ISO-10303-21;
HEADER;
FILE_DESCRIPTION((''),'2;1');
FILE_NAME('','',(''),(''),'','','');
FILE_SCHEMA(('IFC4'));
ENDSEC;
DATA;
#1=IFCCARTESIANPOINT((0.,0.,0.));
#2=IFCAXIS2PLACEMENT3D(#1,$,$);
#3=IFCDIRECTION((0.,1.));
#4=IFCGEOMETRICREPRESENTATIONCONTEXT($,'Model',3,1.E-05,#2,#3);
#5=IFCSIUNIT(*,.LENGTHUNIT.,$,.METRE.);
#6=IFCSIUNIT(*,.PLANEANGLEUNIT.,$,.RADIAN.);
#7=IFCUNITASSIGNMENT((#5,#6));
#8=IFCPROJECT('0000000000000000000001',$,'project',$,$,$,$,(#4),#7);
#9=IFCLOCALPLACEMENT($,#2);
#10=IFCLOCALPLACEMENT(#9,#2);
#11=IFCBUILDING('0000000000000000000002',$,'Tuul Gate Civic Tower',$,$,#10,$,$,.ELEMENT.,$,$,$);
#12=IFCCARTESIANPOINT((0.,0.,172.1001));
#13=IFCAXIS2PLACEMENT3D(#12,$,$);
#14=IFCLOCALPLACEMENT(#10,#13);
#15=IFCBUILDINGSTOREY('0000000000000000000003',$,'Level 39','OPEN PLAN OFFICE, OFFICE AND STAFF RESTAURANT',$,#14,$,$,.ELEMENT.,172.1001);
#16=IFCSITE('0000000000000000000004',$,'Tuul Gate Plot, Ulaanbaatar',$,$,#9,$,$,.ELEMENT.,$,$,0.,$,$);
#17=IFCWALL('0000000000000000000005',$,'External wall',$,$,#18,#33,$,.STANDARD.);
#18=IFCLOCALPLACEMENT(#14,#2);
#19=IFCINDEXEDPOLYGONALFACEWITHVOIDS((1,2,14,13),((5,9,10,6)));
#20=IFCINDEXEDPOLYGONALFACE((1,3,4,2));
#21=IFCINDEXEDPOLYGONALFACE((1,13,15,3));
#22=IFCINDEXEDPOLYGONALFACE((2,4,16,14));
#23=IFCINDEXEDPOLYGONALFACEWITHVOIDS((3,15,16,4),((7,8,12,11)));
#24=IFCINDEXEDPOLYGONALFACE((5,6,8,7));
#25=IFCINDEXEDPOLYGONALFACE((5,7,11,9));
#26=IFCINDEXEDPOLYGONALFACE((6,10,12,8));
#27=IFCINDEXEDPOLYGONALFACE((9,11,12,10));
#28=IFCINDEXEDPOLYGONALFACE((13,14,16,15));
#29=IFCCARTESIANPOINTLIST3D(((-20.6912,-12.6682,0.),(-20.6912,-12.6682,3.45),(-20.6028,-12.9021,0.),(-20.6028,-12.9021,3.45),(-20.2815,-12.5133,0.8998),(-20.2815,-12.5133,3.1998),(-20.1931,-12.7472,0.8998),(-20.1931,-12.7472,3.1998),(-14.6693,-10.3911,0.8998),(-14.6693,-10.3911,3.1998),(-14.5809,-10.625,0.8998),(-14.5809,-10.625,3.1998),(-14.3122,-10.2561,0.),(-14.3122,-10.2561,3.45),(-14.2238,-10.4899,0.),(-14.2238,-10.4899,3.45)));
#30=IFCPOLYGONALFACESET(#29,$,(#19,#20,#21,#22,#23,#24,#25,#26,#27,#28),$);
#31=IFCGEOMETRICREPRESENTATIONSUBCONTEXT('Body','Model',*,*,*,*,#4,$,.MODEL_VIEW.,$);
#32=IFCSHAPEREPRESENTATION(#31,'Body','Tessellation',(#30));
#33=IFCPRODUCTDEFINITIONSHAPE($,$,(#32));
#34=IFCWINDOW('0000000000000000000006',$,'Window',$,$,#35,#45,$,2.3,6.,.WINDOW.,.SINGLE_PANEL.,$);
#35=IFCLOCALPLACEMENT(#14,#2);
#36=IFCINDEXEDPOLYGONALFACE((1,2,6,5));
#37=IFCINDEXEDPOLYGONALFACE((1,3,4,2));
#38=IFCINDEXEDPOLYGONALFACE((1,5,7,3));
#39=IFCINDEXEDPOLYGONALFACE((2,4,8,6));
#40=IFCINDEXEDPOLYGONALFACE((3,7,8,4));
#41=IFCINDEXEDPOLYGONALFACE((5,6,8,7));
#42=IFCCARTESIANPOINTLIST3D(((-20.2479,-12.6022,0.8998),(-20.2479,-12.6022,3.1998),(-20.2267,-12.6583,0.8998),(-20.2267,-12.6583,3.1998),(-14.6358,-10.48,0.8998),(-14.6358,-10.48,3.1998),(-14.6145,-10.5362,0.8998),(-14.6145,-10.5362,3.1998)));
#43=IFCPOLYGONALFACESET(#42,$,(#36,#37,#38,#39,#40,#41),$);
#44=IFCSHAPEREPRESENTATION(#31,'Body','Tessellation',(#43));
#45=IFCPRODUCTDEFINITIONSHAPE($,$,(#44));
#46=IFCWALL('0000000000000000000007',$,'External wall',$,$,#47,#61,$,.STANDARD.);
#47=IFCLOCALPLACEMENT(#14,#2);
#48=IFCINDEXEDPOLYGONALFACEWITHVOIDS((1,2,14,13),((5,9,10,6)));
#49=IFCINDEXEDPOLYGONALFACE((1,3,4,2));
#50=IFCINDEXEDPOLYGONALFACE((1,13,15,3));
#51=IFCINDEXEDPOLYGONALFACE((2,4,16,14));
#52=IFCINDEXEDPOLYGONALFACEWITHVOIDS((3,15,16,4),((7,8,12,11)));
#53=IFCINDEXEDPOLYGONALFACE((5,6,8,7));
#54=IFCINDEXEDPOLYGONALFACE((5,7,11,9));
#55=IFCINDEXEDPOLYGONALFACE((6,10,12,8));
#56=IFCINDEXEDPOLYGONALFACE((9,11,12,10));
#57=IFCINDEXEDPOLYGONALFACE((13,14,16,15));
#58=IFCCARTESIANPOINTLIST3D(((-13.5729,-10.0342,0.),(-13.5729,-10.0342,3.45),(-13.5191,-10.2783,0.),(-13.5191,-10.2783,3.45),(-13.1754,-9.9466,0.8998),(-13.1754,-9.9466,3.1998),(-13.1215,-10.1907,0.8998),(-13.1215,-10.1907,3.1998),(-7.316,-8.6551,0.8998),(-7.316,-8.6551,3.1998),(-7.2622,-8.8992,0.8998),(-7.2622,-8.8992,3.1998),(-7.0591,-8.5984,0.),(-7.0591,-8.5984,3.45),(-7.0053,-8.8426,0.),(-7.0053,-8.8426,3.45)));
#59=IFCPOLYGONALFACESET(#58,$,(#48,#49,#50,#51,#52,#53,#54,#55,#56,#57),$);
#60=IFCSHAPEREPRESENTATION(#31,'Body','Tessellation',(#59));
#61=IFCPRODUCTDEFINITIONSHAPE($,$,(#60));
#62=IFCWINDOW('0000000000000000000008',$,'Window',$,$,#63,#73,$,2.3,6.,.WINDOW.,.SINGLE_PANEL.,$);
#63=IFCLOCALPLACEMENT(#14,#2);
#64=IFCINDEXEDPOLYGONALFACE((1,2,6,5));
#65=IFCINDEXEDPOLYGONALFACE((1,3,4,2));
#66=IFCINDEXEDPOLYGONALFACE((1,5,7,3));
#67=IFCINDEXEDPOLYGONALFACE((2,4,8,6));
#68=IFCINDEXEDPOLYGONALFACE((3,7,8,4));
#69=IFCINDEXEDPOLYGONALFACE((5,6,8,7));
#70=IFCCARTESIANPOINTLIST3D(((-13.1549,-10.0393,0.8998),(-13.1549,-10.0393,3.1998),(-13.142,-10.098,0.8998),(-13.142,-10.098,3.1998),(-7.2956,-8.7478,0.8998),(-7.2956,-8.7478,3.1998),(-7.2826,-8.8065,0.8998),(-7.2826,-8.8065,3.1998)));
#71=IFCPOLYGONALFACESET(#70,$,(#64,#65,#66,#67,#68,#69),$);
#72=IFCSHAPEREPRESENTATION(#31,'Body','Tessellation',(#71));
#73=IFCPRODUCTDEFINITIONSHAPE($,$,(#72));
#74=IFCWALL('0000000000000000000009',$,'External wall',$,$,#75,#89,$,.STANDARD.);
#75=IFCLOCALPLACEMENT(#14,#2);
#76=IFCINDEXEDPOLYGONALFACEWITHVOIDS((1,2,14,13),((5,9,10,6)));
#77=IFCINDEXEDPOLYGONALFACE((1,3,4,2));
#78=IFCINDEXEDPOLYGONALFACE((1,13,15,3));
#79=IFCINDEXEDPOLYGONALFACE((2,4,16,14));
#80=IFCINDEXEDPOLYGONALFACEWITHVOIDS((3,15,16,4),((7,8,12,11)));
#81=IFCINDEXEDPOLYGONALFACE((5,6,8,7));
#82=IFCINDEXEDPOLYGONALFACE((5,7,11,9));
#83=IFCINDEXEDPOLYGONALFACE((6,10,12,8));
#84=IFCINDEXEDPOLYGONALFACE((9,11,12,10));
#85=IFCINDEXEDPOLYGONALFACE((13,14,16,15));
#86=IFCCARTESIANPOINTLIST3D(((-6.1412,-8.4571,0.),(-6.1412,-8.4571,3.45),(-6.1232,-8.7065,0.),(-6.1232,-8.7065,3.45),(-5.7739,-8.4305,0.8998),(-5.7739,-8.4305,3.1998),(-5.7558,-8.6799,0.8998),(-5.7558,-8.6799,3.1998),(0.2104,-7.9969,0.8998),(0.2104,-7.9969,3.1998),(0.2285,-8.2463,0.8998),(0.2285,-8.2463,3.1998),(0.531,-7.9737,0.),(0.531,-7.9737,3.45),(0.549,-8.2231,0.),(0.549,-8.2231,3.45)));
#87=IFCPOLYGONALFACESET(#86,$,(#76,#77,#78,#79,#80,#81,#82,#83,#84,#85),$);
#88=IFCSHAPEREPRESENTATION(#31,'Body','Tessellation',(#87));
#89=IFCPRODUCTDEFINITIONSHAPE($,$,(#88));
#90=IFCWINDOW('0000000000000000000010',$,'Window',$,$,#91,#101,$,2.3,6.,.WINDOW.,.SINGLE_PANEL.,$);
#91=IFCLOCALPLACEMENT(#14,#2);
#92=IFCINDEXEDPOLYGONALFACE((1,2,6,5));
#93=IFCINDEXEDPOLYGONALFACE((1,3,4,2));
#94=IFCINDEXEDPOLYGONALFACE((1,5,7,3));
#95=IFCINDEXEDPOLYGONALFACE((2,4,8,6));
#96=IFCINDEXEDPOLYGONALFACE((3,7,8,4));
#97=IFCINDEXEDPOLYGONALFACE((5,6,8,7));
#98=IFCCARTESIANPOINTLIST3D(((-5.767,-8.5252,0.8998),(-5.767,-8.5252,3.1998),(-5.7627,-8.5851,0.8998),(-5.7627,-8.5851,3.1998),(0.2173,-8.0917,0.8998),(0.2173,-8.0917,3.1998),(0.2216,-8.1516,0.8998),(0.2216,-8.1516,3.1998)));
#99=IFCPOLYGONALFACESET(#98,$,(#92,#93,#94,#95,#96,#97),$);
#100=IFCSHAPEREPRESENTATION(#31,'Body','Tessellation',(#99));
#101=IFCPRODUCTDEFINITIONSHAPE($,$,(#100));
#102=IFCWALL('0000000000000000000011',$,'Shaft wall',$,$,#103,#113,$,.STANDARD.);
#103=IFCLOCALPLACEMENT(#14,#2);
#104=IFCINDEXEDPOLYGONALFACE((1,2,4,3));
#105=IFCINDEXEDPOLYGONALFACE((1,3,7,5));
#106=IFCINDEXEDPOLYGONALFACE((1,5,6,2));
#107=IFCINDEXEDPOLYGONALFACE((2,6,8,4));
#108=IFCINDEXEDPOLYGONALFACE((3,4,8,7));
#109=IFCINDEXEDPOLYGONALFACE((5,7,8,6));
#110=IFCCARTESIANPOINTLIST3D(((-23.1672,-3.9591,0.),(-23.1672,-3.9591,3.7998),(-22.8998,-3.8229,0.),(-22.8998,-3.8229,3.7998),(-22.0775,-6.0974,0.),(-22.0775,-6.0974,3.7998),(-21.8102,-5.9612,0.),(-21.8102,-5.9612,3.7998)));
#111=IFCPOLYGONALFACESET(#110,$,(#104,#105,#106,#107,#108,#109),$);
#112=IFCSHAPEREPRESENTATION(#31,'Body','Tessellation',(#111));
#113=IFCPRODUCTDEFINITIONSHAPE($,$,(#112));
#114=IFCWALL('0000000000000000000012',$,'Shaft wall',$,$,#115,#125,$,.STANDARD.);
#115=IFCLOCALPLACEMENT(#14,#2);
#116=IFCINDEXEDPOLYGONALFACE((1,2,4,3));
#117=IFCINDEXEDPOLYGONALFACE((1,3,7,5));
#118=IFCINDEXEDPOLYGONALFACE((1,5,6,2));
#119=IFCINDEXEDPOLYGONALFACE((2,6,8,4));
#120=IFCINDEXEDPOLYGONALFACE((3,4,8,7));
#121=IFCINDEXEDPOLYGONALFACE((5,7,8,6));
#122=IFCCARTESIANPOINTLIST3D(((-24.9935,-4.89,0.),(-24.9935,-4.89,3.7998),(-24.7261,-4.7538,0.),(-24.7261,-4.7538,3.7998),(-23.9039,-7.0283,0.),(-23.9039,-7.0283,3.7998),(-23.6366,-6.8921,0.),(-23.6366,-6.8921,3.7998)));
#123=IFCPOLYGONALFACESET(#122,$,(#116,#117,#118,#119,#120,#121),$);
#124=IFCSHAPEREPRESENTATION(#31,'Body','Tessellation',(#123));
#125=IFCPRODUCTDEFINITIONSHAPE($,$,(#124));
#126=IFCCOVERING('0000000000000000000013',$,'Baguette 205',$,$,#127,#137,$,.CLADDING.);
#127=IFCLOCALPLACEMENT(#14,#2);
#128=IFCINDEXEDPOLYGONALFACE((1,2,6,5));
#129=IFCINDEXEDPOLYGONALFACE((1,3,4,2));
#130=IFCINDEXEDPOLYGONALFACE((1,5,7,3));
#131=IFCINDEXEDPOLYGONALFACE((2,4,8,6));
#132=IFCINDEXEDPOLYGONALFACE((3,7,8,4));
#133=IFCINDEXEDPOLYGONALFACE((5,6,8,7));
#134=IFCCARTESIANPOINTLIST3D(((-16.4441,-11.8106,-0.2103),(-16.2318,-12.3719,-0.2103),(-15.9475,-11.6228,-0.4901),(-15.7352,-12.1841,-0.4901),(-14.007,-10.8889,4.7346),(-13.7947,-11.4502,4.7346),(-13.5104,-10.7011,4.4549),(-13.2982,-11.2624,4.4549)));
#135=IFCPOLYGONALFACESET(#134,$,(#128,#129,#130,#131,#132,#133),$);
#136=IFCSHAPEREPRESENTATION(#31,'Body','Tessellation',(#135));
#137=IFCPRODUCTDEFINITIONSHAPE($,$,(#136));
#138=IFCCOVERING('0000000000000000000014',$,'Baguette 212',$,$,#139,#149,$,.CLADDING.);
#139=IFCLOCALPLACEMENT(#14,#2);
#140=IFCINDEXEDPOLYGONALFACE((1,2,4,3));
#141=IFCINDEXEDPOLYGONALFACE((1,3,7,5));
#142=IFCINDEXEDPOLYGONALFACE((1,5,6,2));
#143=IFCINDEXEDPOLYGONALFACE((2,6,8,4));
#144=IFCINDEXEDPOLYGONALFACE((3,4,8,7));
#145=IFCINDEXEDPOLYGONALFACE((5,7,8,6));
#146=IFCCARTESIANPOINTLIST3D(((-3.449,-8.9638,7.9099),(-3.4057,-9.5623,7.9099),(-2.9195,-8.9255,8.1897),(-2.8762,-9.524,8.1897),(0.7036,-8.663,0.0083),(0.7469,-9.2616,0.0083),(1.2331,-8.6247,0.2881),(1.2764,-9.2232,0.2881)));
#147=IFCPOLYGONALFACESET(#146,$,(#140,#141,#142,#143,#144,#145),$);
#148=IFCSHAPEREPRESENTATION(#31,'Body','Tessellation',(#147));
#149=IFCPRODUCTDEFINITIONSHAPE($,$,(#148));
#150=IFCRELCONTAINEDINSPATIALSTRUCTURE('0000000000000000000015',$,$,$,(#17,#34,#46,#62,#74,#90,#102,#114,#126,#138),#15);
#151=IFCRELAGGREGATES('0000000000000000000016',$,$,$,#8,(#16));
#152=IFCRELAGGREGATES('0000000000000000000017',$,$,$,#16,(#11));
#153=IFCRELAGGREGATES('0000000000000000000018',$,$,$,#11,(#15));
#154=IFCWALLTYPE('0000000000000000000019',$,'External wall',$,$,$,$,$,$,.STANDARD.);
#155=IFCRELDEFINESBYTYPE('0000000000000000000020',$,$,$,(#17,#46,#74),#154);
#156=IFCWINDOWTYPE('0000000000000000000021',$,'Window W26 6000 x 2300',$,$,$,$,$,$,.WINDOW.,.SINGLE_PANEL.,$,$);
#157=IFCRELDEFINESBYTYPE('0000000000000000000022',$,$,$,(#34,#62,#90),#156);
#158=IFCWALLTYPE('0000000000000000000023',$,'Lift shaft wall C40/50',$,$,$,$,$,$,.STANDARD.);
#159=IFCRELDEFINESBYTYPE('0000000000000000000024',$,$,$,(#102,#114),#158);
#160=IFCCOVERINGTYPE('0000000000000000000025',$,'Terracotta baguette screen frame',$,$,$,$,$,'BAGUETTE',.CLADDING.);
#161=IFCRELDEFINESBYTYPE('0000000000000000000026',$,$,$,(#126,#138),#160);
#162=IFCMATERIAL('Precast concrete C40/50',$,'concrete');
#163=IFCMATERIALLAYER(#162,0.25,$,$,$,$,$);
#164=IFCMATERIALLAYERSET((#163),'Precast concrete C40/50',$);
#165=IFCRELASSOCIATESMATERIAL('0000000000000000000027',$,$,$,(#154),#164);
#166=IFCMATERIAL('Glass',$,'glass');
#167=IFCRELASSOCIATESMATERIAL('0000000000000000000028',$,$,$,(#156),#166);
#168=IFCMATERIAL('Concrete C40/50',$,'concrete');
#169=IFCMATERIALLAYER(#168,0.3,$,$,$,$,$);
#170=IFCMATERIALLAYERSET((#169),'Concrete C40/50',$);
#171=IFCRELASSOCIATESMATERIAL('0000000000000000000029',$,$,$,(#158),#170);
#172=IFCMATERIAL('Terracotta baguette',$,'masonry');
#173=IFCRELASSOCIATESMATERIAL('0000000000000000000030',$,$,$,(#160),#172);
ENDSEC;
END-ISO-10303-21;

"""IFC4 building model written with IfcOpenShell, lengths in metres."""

from ifc_helpers import new_model, si_unit, direction, frame, frame_2d, origin, origin_2d, place, context, subcontext, project, spatial, rectangle, extrude, material, layer, layer_set, material_profile, profile_set, type_object, element, fill, save


model = new_model("IFC4")

# Units and contexts
model_context = context("Model", 3, precision=1e-05, world=origin(), true_north=direction((0.0, 1.0)))
body_context = subcontext(model_context, "Body", "Model", "MODEL_VIEW")
ifc_project = project(units=[si_unit("LENGTHUNIT", "METRE"), si_unit("PLANEANGLEUNIT", "RADIAN")], contexts=[model_context])

# Site, building, storey
site_placement = place(None, origin())
site = spatial("IfcSite", under=ifc_project, at=site_placement, Name="Tuul Gate Plot, Ulaanbaatar", CompositionType="ELEMENT", RefElevation=0.0)
building_placement = place(site_placement, origin())
building = spatial("IfcBuilding", under=site, at=building_placement, Name="Tuul Gate Civic Tower", CompositionType="ELEMENT")
storey_placement = place(building_placement, frame((0.0, 0.0, 172.1001)))
storey = spatial("IfcBuildingStorey", under=building, at=storey_placement, Name="Level 39", Description="OPEN PLAN OFFICE, OFFICE AND STAFF RESTAURANT", CompositionType="ELEMENT", Elevation=172.1001)

# Walls, openings, windows
ifc_material_1 = material(Name="Precast concrete C40/50", Category="concrete")
ifc_layer_1 = layer(ifc_material_1, 0.25)
ifc_layer_set_1 = layer_set([ifc_layer_1], Name="Precast concrete C40/50")
wall_type_1 = type_object("IfcWallType", Name="External wall", PredefinedType="STANDARD", material=ifc_layer_set_1)
wall_1_placement = place(storey_placement, frame((-20.647, -12.7852, 0.0), z_axis=(0.0, 0.0, 1.0), x_axis=(0.935361, 0.353696, 0.0)))
wall_1 = element("IfcWall", 1, at=wall_1_placement, inside=storey, type_object=wall_type_1, Name="External wall", PredefinedType="STANDARD", context=body_context, shape_type="SweptSolid", body=[
    extrude(rectangle(XDim=6.8198, YDim=0.25, at=frame_2d((3.4099, 0.0))), origin(), (0.0, 0.0, 1.0), 3.45),
])
opening_1_placement = place(wall_1_placement, frame((0.438, 0.0, 0.8999)))
opening_1 = element("IfcOpeningElement", 2, at=opening_1_placement, cuts=wall_1, PredefinedType="OPENING", context=body_context, shape_type="SweptSolid", body=[
    extrude(rectangle(XDim=6.0, YDim=2.3, at=frame_2d((3.0, 1.1499))), frame((0.0, 0.135, 0.0), z_axis=(0.0, -1.0, 0.0), x_axis=(1.0, 0.0, 0.0)), (0.0, 0.0, 1.0), 0.27),
])
ifc_material_2 = material(Name="Glass", Category="glass")
window_type = type_object("IfcWindowType", Name="Window W26 6000 x 2300", PartitioningType="SINGLE_PANEL", PredefinedType="WINDOW", material=ifc_material_2)
window_1_placement = place(opening_1_placement, origin())
window_1 = element("IfcWindow", 3, at=window_1_placement, inside=storey, type_object=window_type, Name="Window", OverallHeight=2.3, OverallWidth=6.0, PartitioningType="SINGLE_PANEL", PredefinedType="WINDOW", context=body_context, shape_type="SweptSolid", body=[
    extrude(rectangle(XDim=6.0, YDim=2.3, at=frame_2d((3.0, 1.1499))), frame((0.0, 0.03, 0.0), z_axis=(0.0, -1.0, 0.0), x_axis=(1.0, 0.0, 0.0)), (0.0, 0.0, 1.0), 0.0601),
])
fill(opening_1, window_1)
wall_2_placement = place(storey_placement, frame((-13.5459, -10.1562, 0.0), z_axis=(0.0, 0.0, 1.0), x_axis=(0.976559, 0.215252, 0.0)))
wall_2 = element("IfcWall", 4, at=wall_2_placement, inside=storey, type_object=wall_type_1, Name="External wall", PredefinedType="STANDARD", context=body_context, shape_type="SweptSolid", body=[
    extrude(rectangle(XDim=6.6702, YDim=0.25, at=frame_2d((3.335, 0.0))), origin(), (0.0, 0.0, 1.0), 3.45),
])
opening_2_placement = place(wall_2_placement, frame((0.407, 0.0, 0.8999)))
opening_2 = element("IfcOpeningElement", 5, at=opening_2_placement, cuts=wall_2, PredefinedType="OPENING", context=body_context, shape_type="SweptSolid", body=[
    extrude(rectangle(XDim=6.0, YDim=2.3, at=frame_2d((3.0, 1.1499))), frame((0.0, 0.135, 0.0), z_axis=(0.0, -1.0, 0.0), x_axis=(1.0, 0.0, 0.0)), (0.0, 0.0, 1.0), 0.27),
])
window_2_placement = place(opening_2_placement, origin())
window_2 = element("IfcWindow", 6, at=window_2_placement, inside=storey, type_object=window_type, Name="Window", OverallHeight=2.3, OverallWidth=6.0, PartitioningType="SINGLE_PANEL", PredefinedType="WINDOW", context=body_context, shape_type="SweptSolid", body=[
    extrude(rectangle(XDim=6.0, YDim=2.3, at=frame_2d((3.0, 1.1499))), frame((0.0, 0.03, 0.0), z_axis=(0.0, -1.0, 0.0), x_axis=(1.0, 0.0, 0.0)), (0.0, 0.0, 1.0), 0.0601),
])
fill(opening_2, window_2)
wall_3_placement = place(storey_placement, frame((-6.1321, -8.5818, 0.0), z_axis=(0.0, 0.0, 1.0), x_axis=(0.997386, 0.072261, 0.0)))
wall_3 = element("IfcWall", 7, at=wall_3_placement, inside=storey, type_object=wall_type_1, Name="External wall", PredefinedType="STANDARD", context=body_context, shape_type="SweptSolid", body=[
    extrude(rectangle(XDim=6.6897, YDim=0.25, at=frame_2d((3.3447, 0.0))), origin(), (0.0, 0.0, 1.0), 3.45),
])
opening_3_placement = place(wall_3_placement, frame((0.3682, 0.0, 0.8999)))
opening_3 = element("IfcOpeningElement", 8, at=opening_3_placement, cuts=wall_3, PredefinedType="OPENING", context=body_context, shape_type="SweptSolid", body=[
    extrude(rectangle(XDim=6.0, YDim=2.3, at=frame_2d((3.0, 1.1499))), frame((0.0, 0.135, 0.0), z_axis=(0.0, -1.0, 0.0), x_axis=(1.0, 0.0, 0.0)), (0.0, 0.0, 1.0), 0.27),
])
window_3_placement = place(opening_3_placement, origin())
window_3 = element("IfcWindow", 9, at=window_3_placement, inside=storey, type_object=window_type, Name="Window", OverallHeight=2.3, OverallWidth=6.0, PartitioningType="SINGLE_PANEL", PredefinedType="WINDOW", context=body_context, shape_type="SweptSolid", body=[
    extrude(rectangle(XDim=6.0, YDim=2.3, at=frame_2d((3.0, 1.1499))), frame((0.0, 0.03, 0.0), z_axis=(0.0, -1.0, 0.0), x_axis=(1.0, 0.0, 0.0)), (0.0, 0.0, 1.0), 0.0601),
])
fill(opening_3, window_3)

# Walls
ifc_material_3 = material(Name="Concrete C40/50", Category="concrete")
ifc_layer_2 = layer(ifc_material_3, 0.3)
ifc_layer_set_2 = layer_set([ifc_layer_2], Name="Concrete C40/50")
wall_type_2 = type_object("IfcWallType", Name="Lift shaft wall C40/50", PredefinedType="STANDARD", material=ifc_layer_set_2)
for number, where, z_axis, x_axis, name in (
    (10, (-21.9438, -6.0293, 0.0), (0.0, 0.0, 1.0), (-0.454037, 0.890983, 0.0), "Shaft wall"),
    (11, (-23.7703, -6.9602, 0.0), (0.0, 0.0, 1.0), (-0.453996, 0.891004, 0.0), "Shaft wall"),
):
    element("IfcWall", number, at=place(storey_placement, frame(where, z_axis=z_axis, x_axis=x_axis)), inside=storey, type_object=wall_type_2, Name=name, PredefinedType="STANDARD", context=body_context, shape_type="SweptSolid", body=[
        extrude(rectangle(XDim=2.3999, YDim=0.3, at=frame_2d((1.2, 0.0))), origin(), (0.0, 0.0, 1.0), 3.7998),
    ])

# Coverings
ifc_material_4 = material(Name="Terracotta baguette", Category="masonry")
ifc_material_profile_1 = material_profile(ifc_material_4, rectangle(XDim=0.6001, YDim=0.6001, at=origin_2d()), Name="Terracotta baguette screen frame")
ifc_profile_set_1 = profile_set([ifc_material_profile_1], Name="Terracotta baguette")
covering_type = type_object("IfcCoveringType", Name="Terracotta baguette screen frame", ElementType="BAGUETTE", PredefinedType="CLADDING", material=ifc_profile_set_1)
covering_1_placement = place(storey_placement, frame((-13.6526, -11.0757, 4.5947), z_axis=(-0.436018, -0.164893, -0.884703), x_axis=(0.35373, -0.935347, 0.0)))
element("IfcCovering", 12, at=covering_1_placement, inside=storey, type_object=covering_type, Name="Baguette 205", PredefinedType="CLADDING", context=body_context, shape_type="SweptSolid", body=[
    extrude(rectangle(XDim=0.6001, YDim=0.6001, at=origin_2d()), origin(), (0.0, 0.0, 1.0), 5.5894),
])
covering_2_placement = place(storey_placement, frame((-3.1626, -9.2439, 8.0498), z_axis=(0.464943, 0.033677, -0.8847), x_axis=(-0.072243, 0.997387, 0.0)))
element("IfcCovering", 13, at=covering_2_placement, inside=storey, type_object=covering_type, Name="Baguette 212", PredefinedType="CLADDING", context=body_context, shape_type="SweptSolid", body=[
    extrude(rectangle(XDim=0.6001, YDim=0.6001, at=origin_2d()), origin(), (0.0, 0.0, 1.0), 8.9314),
])

save(model, "model.ifc")
